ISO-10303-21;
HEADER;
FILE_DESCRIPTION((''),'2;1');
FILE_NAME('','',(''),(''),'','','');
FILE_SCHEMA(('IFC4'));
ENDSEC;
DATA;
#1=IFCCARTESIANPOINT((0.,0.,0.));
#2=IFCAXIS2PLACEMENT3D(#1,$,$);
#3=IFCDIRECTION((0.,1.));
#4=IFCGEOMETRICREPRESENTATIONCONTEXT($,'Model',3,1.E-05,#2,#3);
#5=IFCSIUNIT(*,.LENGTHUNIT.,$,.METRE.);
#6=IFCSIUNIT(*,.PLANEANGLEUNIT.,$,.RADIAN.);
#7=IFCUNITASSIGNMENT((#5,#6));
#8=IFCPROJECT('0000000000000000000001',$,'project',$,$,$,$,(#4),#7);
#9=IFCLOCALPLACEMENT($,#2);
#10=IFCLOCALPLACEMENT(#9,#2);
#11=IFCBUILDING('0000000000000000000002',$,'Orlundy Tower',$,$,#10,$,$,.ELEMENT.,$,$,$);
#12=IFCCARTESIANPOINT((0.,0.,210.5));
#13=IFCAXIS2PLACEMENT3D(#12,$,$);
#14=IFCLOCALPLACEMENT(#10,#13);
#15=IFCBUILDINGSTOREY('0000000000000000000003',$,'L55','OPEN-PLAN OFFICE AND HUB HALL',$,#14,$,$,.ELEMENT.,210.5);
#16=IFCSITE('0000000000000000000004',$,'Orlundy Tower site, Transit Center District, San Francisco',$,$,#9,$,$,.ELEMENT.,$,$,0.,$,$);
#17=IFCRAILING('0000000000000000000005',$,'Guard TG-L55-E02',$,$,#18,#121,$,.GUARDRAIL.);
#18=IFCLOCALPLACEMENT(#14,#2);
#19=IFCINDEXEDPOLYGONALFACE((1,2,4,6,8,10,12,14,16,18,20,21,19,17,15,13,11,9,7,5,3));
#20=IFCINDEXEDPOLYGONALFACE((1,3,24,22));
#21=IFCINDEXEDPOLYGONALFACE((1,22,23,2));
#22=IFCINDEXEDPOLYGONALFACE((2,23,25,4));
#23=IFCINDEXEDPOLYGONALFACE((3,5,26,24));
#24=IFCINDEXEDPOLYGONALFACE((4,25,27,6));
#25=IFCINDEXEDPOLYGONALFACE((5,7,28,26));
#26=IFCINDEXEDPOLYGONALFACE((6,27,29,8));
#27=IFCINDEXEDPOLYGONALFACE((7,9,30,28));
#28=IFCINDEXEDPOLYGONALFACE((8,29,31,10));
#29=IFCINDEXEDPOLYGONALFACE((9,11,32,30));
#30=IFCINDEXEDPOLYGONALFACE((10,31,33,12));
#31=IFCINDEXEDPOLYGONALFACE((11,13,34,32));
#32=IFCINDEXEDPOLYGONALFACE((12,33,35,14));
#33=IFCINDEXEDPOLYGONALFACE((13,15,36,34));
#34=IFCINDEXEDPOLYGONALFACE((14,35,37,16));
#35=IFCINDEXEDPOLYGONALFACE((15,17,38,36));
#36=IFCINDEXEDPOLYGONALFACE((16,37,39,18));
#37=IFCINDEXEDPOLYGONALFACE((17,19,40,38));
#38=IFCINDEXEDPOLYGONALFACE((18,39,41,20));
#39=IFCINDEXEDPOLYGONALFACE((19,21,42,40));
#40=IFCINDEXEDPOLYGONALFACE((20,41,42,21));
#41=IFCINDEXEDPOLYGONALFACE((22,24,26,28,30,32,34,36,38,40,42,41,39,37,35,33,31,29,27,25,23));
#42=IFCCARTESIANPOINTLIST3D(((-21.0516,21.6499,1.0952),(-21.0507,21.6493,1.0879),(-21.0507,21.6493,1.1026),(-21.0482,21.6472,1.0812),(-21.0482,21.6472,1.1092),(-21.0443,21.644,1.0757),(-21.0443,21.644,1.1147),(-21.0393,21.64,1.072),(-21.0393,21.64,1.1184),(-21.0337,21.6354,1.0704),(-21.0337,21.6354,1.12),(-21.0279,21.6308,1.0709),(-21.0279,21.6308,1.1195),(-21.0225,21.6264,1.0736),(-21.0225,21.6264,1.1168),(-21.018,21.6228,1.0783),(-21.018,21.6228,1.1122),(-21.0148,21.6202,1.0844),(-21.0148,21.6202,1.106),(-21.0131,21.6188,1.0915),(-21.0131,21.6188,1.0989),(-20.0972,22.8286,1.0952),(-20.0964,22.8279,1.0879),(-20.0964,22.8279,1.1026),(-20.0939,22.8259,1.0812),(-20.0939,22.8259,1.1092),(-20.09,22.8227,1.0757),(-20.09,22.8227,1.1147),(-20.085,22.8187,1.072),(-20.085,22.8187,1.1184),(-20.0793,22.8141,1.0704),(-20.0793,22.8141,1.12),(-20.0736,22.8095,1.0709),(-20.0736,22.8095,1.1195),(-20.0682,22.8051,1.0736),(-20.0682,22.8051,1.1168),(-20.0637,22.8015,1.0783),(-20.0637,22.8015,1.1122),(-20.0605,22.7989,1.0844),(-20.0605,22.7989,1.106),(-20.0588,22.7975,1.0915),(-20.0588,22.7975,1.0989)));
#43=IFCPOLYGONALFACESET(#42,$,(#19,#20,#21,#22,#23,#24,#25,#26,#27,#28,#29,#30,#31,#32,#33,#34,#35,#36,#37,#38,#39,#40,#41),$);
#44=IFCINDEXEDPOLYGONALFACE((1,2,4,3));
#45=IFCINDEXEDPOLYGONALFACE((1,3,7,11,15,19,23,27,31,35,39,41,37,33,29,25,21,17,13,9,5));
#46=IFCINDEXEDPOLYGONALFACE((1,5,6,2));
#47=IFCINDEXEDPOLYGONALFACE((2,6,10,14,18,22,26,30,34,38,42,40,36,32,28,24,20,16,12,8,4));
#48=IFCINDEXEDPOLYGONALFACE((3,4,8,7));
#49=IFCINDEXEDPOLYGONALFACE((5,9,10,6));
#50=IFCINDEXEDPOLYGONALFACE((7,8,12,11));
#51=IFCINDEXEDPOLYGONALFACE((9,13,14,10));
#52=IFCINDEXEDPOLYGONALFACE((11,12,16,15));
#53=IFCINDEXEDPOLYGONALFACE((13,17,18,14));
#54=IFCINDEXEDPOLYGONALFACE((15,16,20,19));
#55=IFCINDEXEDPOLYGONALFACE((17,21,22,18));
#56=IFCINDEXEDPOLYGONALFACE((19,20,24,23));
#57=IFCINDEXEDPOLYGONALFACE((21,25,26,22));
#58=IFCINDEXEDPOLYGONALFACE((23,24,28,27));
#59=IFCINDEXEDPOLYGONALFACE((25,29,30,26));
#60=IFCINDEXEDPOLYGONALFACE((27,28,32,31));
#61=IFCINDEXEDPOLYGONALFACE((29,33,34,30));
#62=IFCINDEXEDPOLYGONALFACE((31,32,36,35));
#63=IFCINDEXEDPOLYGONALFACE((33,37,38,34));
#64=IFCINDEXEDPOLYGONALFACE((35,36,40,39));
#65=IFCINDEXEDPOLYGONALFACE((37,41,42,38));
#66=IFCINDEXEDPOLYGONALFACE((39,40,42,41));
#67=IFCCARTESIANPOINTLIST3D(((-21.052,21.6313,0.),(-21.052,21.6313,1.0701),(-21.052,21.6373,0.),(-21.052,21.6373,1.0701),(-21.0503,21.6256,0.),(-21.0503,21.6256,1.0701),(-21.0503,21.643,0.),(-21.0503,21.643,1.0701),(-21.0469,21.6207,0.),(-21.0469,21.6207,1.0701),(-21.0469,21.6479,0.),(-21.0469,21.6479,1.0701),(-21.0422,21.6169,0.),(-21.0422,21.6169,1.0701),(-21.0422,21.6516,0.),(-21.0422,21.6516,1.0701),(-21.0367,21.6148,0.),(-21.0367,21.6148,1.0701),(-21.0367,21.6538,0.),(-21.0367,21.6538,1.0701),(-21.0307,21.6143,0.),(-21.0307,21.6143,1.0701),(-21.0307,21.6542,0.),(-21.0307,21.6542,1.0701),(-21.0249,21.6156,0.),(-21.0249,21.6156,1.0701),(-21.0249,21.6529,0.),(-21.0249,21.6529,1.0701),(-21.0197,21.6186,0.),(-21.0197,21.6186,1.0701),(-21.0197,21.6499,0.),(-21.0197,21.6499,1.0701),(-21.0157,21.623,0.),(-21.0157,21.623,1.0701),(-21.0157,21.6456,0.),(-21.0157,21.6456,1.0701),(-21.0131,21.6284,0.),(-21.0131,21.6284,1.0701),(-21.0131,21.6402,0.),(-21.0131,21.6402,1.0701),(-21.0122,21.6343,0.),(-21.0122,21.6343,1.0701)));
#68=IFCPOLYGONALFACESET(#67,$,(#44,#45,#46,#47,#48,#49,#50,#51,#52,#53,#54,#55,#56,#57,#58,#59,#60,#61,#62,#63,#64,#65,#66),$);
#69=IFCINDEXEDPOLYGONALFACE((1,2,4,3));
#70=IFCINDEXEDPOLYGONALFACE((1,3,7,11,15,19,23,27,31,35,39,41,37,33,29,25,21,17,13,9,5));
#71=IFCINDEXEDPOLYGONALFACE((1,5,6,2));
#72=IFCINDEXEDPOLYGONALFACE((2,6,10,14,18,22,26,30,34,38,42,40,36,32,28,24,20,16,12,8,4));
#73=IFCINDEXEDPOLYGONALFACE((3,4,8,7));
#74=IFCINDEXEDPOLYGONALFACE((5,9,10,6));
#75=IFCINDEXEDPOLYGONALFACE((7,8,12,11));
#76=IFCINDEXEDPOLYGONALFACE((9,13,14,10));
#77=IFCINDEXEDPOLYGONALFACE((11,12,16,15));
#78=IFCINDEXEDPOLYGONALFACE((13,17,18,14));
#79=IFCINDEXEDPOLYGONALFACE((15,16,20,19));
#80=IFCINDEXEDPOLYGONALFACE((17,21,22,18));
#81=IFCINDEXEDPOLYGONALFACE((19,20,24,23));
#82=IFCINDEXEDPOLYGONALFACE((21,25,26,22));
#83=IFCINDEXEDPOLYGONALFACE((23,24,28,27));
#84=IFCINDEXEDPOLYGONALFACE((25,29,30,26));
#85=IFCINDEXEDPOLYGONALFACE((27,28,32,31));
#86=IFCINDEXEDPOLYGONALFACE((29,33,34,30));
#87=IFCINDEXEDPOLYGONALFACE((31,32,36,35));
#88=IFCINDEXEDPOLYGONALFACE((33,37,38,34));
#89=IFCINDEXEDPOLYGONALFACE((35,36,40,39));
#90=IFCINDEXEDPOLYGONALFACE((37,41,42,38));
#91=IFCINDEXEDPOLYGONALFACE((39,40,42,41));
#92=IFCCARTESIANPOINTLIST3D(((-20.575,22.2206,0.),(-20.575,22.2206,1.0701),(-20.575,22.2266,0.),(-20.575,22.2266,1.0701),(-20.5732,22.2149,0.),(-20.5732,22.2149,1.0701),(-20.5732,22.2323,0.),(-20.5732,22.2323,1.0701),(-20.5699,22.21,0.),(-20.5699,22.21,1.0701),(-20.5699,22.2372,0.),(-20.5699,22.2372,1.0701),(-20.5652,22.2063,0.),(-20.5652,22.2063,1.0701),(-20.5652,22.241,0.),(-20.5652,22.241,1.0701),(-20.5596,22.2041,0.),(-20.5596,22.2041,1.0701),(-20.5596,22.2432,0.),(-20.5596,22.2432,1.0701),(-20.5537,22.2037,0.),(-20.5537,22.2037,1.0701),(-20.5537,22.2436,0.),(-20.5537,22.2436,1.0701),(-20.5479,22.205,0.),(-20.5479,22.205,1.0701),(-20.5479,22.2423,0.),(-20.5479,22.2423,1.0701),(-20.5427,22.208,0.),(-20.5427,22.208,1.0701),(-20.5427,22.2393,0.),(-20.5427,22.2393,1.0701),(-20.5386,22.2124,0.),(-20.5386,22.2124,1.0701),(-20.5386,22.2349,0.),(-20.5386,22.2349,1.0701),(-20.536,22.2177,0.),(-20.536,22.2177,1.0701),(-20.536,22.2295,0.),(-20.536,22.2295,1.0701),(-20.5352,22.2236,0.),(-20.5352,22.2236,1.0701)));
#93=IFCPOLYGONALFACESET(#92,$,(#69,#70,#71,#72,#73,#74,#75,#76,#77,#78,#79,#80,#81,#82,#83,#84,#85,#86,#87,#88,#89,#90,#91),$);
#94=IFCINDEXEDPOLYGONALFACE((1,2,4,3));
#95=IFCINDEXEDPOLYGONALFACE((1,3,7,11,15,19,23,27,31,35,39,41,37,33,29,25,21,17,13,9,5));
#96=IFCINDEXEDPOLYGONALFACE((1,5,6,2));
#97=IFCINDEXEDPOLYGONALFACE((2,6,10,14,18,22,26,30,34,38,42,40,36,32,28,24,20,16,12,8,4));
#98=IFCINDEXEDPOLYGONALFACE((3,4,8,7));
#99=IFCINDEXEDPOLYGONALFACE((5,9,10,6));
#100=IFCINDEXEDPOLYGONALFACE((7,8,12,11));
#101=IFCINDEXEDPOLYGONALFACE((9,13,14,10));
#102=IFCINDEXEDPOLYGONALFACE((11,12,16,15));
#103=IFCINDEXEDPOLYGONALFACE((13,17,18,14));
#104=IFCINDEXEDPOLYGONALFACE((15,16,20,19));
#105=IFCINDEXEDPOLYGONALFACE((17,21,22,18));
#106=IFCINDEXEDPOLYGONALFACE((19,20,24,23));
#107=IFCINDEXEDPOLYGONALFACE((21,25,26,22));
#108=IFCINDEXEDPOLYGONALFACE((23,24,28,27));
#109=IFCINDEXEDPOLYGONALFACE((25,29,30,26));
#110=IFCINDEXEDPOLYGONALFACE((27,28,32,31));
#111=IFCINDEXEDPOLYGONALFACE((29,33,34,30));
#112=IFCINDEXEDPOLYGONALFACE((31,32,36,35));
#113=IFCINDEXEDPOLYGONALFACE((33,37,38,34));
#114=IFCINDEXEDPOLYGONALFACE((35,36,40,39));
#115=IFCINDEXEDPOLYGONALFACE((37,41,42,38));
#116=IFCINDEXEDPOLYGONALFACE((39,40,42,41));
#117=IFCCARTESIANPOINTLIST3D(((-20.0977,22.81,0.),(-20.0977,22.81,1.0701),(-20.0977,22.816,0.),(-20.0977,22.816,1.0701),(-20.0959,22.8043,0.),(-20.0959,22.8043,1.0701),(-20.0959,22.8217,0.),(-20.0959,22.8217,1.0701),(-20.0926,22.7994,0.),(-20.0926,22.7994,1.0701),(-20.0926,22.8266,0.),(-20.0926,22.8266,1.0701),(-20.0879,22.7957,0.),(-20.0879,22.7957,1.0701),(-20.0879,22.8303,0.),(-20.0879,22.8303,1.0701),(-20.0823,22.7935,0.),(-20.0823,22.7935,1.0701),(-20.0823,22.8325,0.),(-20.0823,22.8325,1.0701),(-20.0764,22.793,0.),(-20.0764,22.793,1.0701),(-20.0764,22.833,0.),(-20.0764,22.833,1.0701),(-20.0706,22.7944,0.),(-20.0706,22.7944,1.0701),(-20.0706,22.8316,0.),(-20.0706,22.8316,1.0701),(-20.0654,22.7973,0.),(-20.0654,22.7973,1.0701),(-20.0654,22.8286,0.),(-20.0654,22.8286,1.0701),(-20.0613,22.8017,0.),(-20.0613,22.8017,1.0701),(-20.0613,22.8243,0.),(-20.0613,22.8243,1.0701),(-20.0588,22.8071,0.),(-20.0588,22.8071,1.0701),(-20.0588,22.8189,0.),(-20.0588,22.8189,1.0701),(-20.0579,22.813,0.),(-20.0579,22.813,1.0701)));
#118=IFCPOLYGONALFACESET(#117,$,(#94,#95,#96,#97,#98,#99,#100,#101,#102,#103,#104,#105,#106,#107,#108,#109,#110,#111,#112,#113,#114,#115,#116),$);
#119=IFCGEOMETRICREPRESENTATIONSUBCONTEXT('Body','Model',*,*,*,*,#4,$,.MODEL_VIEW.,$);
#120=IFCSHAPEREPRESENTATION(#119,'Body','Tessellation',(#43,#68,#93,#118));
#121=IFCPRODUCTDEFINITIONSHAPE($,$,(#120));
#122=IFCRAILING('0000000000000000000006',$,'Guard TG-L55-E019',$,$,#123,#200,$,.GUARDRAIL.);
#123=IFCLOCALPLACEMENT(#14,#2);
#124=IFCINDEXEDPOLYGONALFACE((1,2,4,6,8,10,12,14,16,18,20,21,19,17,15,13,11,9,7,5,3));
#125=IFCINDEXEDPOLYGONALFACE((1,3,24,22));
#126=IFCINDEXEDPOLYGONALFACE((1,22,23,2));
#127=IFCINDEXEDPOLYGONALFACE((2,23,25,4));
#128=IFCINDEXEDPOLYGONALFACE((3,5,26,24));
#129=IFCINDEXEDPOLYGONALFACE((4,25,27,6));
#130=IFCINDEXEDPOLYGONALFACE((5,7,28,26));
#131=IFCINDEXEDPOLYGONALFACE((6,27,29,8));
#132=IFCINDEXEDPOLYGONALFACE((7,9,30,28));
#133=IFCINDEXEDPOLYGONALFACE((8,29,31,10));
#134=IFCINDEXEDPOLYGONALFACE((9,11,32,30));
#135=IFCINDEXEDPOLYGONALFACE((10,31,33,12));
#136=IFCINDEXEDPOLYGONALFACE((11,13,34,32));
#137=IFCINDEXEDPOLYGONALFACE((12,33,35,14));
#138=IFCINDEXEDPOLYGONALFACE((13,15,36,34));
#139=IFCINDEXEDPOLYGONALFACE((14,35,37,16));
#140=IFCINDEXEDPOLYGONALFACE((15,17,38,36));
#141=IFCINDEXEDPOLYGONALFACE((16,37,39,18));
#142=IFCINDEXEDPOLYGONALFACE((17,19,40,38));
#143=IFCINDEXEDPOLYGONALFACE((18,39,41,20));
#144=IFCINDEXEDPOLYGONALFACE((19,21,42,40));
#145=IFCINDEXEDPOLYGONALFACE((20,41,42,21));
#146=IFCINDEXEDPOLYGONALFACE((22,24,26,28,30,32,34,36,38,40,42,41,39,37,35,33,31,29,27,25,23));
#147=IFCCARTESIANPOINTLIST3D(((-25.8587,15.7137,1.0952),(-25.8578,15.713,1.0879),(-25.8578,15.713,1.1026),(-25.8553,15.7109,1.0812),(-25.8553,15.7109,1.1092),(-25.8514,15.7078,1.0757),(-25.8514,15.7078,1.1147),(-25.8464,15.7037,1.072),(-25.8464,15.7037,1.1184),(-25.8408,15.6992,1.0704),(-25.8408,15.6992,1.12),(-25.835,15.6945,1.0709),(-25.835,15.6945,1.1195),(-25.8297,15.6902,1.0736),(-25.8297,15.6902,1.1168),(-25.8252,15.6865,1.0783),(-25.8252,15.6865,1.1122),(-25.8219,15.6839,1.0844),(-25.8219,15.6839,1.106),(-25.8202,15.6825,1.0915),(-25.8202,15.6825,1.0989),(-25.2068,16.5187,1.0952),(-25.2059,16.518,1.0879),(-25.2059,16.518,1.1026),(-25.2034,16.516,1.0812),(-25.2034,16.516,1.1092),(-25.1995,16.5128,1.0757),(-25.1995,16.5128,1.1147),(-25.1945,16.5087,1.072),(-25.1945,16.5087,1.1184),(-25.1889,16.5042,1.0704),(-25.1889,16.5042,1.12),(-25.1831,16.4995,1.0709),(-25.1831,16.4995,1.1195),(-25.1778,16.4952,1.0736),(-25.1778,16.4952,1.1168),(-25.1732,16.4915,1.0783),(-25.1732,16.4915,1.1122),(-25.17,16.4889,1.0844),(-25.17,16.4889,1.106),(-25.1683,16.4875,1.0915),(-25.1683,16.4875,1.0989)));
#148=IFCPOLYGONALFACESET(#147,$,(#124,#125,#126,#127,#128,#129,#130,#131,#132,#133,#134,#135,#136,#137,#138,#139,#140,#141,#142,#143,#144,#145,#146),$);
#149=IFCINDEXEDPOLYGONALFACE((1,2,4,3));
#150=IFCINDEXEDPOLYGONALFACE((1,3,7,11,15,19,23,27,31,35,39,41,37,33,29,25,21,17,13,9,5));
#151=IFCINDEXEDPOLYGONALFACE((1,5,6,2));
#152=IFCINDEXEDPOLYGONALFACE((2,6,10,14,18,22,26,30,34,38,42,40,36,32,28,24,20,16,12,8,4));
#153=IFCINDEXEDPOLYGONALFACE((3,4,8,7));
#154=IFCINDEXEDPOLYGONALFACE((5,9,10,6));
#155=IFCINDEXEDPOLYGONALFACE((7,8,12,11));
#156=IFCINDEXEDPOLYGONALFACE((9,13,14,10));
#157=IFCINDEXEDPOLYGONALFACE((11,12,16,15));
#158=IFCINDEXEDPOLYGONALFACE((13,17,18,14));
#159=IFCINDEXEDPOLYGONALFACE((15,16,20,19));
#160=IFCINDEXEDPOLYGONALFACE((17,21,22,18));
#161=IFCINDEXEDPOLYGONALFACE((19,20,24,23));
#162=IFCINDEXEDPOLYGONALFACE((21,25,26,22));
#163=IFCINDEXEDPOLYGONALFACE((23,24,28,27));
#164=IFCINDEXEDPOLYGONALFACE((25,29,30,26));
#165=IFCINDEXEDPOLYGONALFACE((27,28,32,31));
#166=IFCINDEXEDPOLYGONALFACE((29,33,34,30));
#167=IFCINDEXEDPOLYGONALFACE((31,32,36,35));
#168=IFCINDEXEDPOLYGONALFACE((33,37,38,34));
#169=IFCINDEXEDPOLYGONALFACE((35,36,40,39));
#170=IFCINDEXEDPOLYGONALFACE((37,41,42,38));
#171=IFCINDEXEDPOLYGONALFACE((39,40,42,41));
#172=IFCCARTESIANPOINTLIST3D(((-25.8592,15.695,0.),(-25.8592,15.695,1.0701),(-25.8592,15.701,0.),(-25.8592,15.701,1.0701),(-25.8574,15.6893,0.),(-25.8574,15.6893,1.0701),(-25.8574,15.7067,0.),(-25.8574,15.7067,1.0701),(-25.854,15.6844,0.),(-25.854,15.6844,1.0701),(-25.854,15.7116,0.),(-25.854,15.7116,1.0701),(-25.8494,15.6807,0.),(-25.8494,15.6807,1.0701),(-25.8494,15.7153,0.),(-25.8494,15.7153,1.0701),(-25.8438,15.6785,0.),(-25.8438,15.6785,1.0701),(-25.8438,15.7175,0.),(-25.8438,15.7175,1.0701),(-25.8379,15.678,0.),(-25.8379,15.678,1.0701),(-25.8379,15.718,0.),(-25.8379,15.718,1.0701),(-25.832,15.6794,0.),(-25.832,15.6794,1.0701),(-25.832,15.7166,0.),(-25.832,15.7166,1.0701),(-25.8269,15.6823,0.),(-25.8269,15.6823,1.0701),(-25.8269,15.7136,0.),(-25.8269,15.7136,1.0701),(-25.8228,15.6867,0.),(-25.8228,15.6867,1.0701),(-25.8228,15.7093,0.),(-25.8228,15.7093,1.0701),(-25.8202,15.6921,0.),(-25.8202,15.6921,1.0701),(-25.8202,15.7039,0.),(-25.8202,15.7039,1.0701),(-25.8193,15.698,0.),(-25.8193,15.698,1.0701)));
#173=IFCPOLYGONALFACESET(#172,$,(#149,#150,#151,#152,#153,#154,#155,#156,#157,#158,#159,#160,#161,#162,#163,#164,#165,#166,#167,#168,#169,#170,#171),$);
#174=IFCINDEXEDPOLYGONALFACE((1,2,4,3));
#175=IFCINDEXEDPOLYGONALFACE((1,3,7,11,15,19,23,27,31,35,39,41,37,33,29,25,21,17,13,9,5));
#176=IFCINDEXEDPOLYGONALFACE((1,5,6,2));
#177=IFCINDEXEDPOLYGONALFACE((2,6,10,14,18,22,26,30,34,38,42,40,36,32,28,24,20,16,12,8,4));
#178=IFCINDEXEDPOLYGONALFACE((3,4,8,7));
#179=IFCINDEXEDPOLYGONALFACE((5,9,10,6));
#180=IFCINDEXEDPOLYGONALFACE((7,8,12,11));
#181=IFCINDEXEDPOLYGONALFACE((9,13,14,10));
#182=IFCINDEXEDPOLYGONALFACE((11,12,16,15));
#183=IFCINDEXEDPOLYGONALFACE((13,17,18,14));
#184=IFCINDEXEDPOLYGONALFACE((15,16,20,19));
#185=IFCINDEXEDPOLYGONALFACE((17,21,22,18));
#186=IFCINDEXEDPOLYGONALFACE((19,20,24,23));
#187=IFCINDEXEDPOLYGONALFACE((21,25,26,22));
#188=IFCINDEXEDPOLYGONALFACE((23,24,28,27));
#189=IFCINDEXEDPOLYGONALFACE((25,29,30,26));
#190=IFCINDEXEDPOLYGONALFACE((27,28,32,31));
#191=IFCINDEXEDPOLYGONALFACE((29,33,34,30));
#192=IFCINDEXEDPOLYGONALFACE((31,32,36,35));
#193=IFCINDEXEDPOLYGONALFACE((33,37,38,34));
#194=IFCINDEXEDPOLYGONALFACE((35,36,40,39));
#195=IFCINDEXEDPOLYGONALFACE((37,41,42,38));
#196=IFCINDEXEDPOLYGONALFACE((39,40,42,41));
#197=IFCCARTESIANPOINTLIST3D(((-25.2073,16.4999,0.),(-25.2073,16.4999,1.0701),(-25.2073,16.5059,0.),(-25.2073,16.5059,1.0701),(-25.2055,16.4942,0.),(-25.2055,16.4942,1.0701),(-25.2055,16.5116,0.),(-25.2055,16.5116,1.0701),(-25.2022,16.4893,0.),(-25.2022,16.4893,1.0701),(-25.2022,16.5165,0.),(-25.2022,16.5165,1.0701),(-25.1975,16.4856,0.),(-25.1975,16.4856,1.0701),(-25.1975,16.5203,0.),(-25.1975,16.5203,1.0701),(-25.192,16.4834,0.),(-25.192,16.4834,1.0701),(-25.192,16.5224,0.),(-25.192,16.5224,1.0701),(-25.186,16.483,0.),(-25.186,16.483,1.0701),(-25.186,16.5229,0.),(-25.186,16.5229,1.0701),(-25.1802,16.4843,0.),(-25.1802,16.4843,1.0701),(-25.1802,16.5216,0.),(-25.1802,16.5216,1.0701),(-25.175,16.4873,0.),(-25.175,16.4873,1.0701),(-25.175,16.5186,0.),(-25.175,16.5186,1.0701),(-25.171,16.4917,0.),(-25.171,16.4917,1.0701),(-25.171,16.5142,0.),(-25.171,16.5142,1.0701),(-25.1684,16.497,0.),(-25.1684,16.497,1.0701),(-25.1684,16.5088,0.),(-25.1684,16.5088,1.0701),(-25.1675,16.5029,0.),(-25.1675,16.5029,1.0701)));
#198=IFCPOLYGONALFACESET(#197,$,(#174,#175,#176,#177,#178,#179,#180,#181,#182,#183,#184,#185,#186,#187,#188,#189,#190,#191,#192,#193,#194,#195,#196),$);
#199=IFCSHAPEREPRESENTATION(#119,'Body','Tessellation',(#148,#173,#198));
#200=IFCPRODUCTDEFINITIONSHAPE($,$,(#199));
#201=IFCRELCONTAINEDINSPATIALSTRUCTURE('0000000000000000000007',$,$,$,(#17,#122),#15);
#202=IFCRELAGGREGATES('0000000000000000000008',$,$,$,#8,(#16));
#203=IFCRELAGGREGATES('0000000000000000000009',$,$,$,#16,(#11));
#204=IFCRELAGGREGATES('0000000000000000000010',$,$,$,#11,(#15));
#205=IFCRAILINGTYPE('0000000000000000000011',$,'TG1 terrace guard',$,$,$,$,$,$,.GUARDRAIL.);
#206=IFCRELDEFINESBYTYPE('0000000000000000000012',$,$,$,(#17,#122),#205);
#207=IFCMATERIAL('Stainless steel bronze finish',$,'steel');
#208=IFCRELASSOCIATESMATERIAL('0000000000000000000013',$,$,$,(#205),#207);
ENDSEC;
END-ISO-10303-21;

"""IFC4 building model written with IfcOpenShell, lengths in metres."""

from ifc_helpers import new_model, si_unit, direction, frame, origin, origin_2d, place, context, subcontext, project, spatial, circle, extrude, material, type_object, element, save


model = new_model("IFC4")

# Units and contexts
model_context = context("Model", 3, precision=1e-05, world=origin(), true_north=direction((0.0, 1.0)))
body_context = subcontext(model_context, "Body", "Model", "MODEL_VIEW")
ifc_project = project(units=[si_unit("LENGTHUNIT", "METRE"), si_unit("PLANEANGLEUNIT", "RADIAN")], contexts=[model_context])

# Site, building, storey
site_placement = place(None, origin())
site = spatial("IfcSite", under=ifc_project, at=site_placement, Name="Orlundy Tower site, Transit Center District, San Francisco", CompositionType="ELEMENT", RefElevation=0.0)
building_placement = place(site_placement, origin())
building = spatial("IfcBuilding", under=site, at=building_placement, Name="Orlundy Tower", CompositionType="ELEMENT")
storey_placement = place(building_placement, frame((0.0, 0.0, 210.5)))
storey = spatial("IfcBuildingStorey", under=building, at=storey_placement, Name="L55", Description="OPEN-PLAN OFFICE AND HUB HALL", CompositionType="ELEMENT", Elevation=210.5)

# Railings
ifc_material_1 = material(Name="Stainless steel bronze finish", Category="steel")
railing_type = type_object("IfcRailingType", Name="TG1 terrace guard", PredefinedType="GUARDRAIL", material=ifc_material_1)
railing_1_placement = place(storey_placement, frame((-21.0322, 21.6343, 0.0)))
element("IfcRailing", 1, at=railing_1_placement, inside=storey, type_object=railing_type, Name="Guard TG-L55-E02", PredefinedType="GUARDRAIL", context=body_context, shape_type="SweptSolid", body=[
    extrude(circle(Radius=0.0249, at=origin_2d()), frame((0.0, 0.0, 1.0952), z_axis=(0.629258, 0.777196, 0.0), x_axis=(-0.777196, 0.629258, 0.0)), (0.0, 0.0, 1.0), 1.5166),
    extrude(circle(Radius=0.02, at=origin_2d()), origin(), (0.0, 0.0, 1.0), 1.0701),
    extrude(circle(Radius=0.02, at=origin_2d()), frame((0.4771, 0.5894, 0.0)), (0.0, 0.0, 1.0), 1.0701),
    extrude(circle(Radius=0.02, at=origin_2d()), frame((0.9543, 1.1787, 0.0)), (0.0, 0.0, 1.0), 1.0701),
])
railing_2_placement = place(storey_placement, frame((-25.8394, 15.698, 0.0)))
element("IfcRailing", 2, at=railing_2_placement, inside=storey, type_object=railing_type, Name="Guard TG-L55-E019", PredefinedType="GUARDRAIL", context=body_context, shape_type="SweptSolid", body=[
    extrude(circle(Radius=0.0249, at=origin_2d()), frame((0.0, 0.0, 1.0952), z_axis=(0.629341, 0.77713, 0.0), x_axis=(-0.77713, 0.629341, 0.0)), (0.0, 0.0, 1.0), 1.0359),
    extrude(circle(Radius=0.02, at=origin_2d()), origin(), (0.0, 0.0, 1.0), 1.0701),
    extrude(circle(Radius=0.02, at=origin_2d()), frame((0.6519, 0.8049, 0.0)), (0.0, 0.0, 1.0), 1.0701),
])

save(model, "model.ifc")
